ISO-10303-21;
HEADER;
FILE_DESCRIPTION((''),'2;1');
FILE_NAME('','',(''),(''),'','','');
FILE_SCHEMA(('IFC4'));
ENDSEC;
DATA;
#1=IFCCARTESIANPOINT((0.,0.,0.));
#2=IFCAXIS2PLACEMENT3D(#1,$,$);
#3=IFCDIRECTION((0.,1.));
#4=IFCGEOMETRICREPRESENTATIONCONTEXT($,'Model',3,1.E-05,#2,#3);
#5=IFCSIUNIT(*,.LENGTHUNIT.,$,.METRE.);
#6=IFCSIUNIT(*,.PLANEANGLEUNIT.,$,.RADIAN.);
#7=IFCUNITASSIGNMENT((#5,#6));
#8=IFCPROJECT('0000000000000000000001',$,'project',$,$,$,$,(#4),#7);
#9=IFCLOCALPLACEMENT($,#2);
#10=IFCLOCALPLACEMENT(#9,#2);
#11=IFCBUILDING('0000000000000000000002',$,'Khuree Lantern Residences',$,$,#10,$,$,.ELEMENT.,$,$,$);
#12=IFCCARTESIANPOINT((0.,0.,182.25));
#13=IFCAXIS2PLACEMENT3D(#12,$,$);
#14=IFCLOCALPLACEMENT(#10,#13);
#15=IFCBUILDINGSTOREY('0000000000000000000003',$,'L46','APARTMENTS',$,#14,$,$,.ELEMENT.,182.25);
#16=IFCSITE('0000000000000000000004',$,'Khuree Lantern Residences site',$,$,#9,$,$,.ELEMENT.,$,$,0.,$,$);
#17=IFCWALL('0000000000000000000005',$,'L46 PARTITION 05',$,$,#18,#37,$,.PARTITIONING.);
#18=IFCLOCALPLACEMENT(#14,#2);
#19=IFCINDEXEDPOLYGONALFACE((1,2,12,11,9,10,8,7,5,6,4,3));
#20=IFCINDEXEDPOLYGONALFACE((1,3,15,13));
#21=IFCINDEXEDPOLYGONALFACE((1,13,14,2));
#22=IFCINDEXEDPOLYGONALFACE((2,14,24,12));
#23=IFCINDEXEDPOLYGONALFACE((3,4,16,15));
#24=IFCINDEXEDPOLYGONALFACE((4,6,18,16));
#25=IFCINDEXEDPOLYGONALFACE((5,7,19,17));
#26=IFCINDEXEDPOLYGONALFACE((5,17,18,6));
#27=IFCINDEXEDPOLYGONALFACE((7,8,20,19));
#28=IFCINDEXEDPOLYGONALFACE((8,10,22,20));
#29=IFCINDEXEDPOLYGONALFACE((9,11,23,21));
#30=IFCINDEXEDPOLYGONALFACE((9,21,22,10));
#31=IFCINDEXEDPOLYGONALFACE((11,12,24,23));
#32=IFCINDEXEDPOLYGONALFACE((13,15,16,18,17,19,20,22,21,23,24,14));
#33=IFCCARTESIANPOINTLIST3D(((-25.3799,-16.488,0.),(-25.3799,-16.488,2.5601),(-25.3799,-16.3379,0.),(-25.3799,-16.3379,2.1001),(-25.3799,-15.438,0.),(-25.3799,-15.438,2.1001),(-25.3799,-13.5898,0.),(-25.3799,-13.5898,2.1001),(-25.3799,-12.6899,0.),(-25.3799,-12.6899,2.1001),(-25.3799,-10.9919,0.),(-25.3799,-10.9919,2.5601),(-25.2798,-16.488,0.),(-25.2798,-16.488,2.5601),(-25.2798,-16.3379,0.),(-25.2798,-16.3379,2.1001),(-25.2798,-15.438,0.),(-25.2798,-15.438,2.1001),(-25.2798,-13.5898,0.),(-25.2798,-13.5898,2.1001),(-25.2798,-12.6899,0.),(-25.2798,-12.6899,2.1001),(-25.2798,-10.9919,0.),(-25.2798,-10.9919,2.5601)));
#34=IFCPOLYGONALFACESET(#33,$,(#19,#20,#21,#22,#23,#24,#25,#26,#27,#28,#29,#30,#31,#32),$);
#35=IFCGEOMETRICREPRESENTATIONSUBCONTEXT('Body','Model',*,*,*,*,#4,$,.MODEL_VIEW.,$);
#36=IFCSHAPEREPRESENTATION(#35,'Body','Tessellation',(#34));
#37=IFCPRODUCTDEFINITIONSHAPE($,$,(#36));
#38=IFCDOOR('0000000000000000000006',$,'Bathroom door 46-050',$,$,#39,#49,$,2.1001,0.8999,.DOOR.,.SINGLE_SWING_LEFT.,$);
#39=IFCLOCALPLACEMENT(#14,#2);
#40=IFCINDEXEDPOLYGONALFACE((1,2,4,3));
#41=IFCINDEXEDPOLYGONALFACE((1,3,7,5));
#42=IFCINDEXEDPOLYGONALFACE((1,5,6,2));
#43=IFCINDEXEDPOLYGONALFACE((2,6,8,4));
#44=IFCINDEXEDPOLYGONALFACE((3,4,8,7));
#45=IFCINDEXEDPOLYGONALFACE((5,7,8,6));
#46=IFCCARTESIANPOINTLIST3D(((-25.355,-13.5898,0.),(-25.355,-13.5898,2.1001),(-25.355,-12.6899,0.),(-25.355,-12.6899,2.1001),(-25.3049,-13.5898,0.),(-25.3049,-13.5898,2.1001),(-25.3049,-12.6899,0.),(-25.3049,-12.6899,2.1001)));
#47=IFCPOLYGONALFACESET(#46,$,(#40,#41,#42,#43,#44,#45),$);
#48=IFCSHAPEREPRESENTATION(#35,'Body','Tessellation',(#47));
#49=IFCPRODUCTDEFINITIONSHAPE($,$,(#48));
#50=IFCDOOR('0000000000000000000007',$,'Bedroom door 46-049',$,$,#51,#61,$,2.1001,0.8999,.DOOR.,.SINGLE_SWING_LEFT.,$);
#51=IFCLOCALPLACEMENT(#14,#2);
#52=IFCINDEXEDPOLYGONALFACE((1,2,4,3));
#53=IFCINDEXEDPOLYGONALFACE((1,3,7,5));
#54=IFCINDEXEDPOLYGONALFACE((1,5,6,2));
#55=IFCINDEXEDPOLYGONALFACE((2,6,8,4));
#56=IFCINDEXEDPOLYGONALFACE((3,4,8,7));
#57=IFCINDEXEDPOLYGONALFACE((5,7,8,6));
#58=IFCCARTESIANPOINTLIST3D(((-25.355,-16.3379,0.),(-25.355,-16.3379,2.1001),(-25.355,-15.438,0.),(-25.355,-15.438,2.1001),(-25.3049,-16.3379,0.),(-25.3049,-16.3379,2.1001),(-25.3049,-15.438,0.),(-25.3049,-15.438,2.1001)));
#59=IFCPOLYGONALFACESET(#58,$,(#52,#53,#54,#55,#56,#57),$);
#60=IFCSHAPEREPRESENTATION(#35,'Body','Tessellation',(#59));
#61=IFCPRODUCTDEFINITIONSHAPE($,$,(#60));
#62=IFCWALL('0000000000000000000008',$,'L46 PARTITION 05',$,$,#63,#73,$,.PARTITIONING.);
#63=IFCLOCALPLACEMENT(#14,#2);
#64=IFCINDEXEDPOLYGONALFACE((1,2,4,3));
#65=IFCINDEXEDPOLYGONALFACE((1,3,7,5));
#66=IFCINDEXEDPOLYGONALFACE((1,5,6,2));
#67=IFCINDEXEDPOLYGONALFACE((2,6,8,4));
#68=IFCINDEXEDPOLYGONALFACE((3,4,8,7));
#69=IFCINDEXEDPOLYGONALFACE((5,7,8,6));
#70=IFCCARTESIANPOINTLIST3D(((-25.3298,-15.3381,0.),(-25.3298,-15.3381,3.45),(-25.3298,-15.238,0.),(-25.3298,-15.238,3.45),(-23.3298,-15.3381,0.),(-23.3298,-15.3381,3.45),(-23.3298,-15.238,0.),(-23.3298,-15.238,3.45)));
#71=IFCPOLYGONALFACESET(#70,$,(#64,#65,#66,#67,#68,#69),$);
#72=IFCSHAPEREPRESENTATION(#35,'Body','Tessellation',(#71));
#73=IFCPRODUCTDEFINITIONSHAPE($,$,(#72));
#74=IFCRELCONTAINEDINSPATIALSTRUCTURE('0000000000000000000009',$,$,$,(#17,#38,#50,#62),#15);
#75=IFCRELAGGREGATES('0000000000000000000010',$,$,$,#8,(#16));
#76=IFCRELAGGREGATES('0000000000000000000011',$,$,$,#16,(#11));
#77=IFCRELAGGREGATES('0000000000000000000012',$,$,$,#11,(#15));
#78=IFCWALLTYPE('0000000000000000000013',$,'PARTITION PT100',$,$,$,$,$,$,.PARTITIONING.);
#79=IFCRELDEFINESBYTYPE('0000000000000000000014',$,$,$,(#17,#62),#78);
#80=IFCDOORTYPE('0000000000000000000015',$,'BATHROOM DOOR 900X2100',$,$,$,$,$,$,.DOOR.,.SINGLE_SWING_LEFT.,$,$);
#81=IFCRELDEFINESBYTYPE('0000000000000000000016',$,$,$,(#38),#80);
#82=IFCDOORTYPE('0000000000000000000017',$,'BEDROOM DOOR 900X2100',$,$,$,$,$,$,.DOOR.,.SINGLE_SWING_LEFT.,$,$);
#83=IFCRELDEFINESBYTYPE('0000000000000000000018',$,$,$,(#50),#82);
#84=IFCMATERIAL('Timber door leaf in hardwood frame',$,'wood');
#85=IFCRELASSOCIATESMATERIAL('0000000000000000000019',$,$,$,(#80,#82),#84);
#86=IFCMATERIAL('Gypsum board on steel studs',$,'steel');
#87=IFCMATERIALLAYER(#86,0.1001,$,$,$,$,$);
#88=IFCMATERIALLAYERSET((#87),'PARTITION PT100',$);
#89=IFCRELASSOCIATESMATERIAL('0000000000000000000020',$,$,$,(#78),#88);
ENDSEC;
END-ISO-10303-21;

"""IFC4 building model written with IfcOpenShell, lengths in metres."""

from ifc_helpers import new_model, si_unit, direction, frame, frame_2d, origin, place, context, subcontext, project, spatial, rectangle, extrude, material, layer, layer_set, type_object, element, fill, save


model = new_model("IFC4")

# Units and contexts
model_context = context("Model", 3, precision=1e-05, world=origin(), true_north=direction((0.0, 1.0)))
body_context = subcontext(model_context, "Body", "Model", "MODEL_VIEW")
ifc_project = project(units=[si_unit("LENGTHUNIT", "METRE"), si_unit("PLANEANGLEUNIT", "RADIAN")], contexts=[model_context])

# Site, building, storey
site_placement = place(None, origin())
site = spatial("IfcSite", under=ifc_project, at=site_placement, Name="Khuree Lantern Residences site", CompositionType="ELEMENT", RefElevation=0.0)
building_placement = place(site_placement, origin())
building = spatial("IfcBuilding", under=site, at=building_placement, Name="Khuree Lantern Residences", CompositionType="ELEMENT")
storey_placement = place(building_placement, frame((0.0, 0.0, 182.25)))
storey = spatial("IfcBuildingStorey", under=building, at=storey_placement, Name="L46", Description="APARTMENTS", CompositionType="ELEMENT", Elevation=182.25)

# Shared definitions
ifc_material_1 = material(Name="Timber door leaf in hardwood frame", Category="wood")
door_type_1 = type_object("IfcDoorType", Name="BATHROOM DOOR 900X2100", OperationType="SINGLE_SWING_LEFT", PredefinedType="DOOR", material=ifc_material_1)

# Shared definitions
ifc_material_2 = material(Name="Gypsum board on steel studs", Category="steel")
ifc_layer_1 = layer(ifc_material_2, 0.1001)
ifc_layer_set_1 = layer_set([ifc_layer_1], Name="PARTITION PT100")
wall_type_1 = type_object("IfcWallType", Name="PARTITION PT100", PredefinedType="PARTITIONING", material=ifc_layer_set_1)

# Shared definitions
door_type_2 = type_object("IfcDoorType", Name="BEDROOM DOOR 900X2100", OperationType="SINGLE_SWING_LEFT", PredefinedType="DOOR", material=ifc_material_1)

# Wall, openings, doors
wall_1_placement = place(storey_placement, frame((-25.3298, -10.9919, 0.0), z_axis=(0.0, 0.0, 1.0), x_axis=(0.0, -1.0, 0.0)))
wall_1 = element("IfcWall", 1, at=wall_1_placement, inside=storey, type_object=wall_type_1, Name="L46 PARTITION 05", PredefinedType="PARTITIONING", context=body_context, shape_type="SweptSolid", body=[
    extrude(rectangle(XDim=5.4961, YDim=0.1001, at=frame_2d((2.748, 0.0))), origin(), (0.0, 0.0, 1.0), 2.5601),
])
opening_1_placement = place(wall_1_placement, frame((4.446, 0.0, 0.0)))
opening_1 = element("IfcOpeningElement", 2, at=opening_1_placement, cuts=wall_1, PredefinedType="OPENING", context=body_context, shape_type="SweptSolid", body=[
    extrude(rectangle(XDim=0.8999, YDim=2.1001, at=frame_2d((0.45, 1.05))), frame((0.0, 0.0601, 0.0), z_axis=(0.0, -1.0, 0.0), x_axis=(1.0, 0.0, 0.0)), (0.0, 0.0, 1.0), 0.1201),
])
opening_2_placement = place(wall_1_placement, frame((1.698, 0.0, 0.0)))
opening_2 = element("IfcOpeningElement", 3, at=opening_2_placement, cuts=wall_1, PredefinedType="OPENING", context=body_context, shape_type="SweptSolid", body=[
    extrude(rectangle(XDim=0.8999, YDim=2.1001, at=frame_2d((0.45, 1.05))), frame((0.0, 0.0601, 0.0), z_axis=(0.0, -1.0, 0.0), x_axis=(1.0, 0.0, 0.0)), (0.0, 0.0, 1.0), 0.1201),
])
door_1_placement = place(opening_2_placement, origin())
door_1 = element("IfcDoor", 4, at=door_1_placement, inside=storey, type_object=door_type_1, Name="Bathroom door 46-050", OperationType="SINGLE_SWING_LEFT", OverallHeight=2.1001, OverallWidth=0.8999, PredefinedType="DOOR", context=body_context, shape_type="SweptSolid", body=[
    extrude(rectangle(XDim=0.8999, YDim=2.1001, at=frame_2d((0.45, 1.05))), frame((0.0, 0.0249, 0.0), z_axis=(0.0, -1.0, 0.0), x_axis=(1.0, 0.0, 0.0)), (0.0, 0.0, 1.0), 0.05),
])
fill(opening_2, door_1)
door_2_placement = place(opening_1_placement, origin())
door_2 = element("IfcDoor", 5, at=door_2_placement, inside=storey, type_object=door_type_2, Name="Bedroom door 46-049", OperationType="SINGLE_SWING_LEFT", OverallHeight=2.1001, OverallWidth=0.8999, PredefinedType="DOOR", context=body_context, shape_type="SweptSolid", body=[
    extrude(rectangle(XDim=0.8999, YDim=2.1001, at=frame_2d((0.45, 1.05))), frame((0.0, 0.0249, 0.0), z_axis=(0.0, -1.0, 0.0), x_axis=(1.0, 0.0, 0.0)), (0.0, 0.0, 1.0), 0.05),
])
fill(opening_1, door_2)

# Wall
wall_2_placement = place(storey_placement, frame((-23.3298, -15.2881, 0.0), z_axis=(0.0, 0.0, 1.0), x_axis=(-1.0, 0.0, 0.0)))
element("IfcWall", 6, at=wall_2_placement, inside=storey, type_object=wall_type_1, Name="L46 PARTITION 05", PredefinedType="PARTITIONING", context=body_context, shape_type="SweptSolid", body=[
    extrude(rectangle(XDim=2.0, YDim=0.1001, at=frame_2d((1.0, 0.0))), origin(), (0.0, 0.0, 1.0), 3.45),
])

save(model, "model.ifc")
